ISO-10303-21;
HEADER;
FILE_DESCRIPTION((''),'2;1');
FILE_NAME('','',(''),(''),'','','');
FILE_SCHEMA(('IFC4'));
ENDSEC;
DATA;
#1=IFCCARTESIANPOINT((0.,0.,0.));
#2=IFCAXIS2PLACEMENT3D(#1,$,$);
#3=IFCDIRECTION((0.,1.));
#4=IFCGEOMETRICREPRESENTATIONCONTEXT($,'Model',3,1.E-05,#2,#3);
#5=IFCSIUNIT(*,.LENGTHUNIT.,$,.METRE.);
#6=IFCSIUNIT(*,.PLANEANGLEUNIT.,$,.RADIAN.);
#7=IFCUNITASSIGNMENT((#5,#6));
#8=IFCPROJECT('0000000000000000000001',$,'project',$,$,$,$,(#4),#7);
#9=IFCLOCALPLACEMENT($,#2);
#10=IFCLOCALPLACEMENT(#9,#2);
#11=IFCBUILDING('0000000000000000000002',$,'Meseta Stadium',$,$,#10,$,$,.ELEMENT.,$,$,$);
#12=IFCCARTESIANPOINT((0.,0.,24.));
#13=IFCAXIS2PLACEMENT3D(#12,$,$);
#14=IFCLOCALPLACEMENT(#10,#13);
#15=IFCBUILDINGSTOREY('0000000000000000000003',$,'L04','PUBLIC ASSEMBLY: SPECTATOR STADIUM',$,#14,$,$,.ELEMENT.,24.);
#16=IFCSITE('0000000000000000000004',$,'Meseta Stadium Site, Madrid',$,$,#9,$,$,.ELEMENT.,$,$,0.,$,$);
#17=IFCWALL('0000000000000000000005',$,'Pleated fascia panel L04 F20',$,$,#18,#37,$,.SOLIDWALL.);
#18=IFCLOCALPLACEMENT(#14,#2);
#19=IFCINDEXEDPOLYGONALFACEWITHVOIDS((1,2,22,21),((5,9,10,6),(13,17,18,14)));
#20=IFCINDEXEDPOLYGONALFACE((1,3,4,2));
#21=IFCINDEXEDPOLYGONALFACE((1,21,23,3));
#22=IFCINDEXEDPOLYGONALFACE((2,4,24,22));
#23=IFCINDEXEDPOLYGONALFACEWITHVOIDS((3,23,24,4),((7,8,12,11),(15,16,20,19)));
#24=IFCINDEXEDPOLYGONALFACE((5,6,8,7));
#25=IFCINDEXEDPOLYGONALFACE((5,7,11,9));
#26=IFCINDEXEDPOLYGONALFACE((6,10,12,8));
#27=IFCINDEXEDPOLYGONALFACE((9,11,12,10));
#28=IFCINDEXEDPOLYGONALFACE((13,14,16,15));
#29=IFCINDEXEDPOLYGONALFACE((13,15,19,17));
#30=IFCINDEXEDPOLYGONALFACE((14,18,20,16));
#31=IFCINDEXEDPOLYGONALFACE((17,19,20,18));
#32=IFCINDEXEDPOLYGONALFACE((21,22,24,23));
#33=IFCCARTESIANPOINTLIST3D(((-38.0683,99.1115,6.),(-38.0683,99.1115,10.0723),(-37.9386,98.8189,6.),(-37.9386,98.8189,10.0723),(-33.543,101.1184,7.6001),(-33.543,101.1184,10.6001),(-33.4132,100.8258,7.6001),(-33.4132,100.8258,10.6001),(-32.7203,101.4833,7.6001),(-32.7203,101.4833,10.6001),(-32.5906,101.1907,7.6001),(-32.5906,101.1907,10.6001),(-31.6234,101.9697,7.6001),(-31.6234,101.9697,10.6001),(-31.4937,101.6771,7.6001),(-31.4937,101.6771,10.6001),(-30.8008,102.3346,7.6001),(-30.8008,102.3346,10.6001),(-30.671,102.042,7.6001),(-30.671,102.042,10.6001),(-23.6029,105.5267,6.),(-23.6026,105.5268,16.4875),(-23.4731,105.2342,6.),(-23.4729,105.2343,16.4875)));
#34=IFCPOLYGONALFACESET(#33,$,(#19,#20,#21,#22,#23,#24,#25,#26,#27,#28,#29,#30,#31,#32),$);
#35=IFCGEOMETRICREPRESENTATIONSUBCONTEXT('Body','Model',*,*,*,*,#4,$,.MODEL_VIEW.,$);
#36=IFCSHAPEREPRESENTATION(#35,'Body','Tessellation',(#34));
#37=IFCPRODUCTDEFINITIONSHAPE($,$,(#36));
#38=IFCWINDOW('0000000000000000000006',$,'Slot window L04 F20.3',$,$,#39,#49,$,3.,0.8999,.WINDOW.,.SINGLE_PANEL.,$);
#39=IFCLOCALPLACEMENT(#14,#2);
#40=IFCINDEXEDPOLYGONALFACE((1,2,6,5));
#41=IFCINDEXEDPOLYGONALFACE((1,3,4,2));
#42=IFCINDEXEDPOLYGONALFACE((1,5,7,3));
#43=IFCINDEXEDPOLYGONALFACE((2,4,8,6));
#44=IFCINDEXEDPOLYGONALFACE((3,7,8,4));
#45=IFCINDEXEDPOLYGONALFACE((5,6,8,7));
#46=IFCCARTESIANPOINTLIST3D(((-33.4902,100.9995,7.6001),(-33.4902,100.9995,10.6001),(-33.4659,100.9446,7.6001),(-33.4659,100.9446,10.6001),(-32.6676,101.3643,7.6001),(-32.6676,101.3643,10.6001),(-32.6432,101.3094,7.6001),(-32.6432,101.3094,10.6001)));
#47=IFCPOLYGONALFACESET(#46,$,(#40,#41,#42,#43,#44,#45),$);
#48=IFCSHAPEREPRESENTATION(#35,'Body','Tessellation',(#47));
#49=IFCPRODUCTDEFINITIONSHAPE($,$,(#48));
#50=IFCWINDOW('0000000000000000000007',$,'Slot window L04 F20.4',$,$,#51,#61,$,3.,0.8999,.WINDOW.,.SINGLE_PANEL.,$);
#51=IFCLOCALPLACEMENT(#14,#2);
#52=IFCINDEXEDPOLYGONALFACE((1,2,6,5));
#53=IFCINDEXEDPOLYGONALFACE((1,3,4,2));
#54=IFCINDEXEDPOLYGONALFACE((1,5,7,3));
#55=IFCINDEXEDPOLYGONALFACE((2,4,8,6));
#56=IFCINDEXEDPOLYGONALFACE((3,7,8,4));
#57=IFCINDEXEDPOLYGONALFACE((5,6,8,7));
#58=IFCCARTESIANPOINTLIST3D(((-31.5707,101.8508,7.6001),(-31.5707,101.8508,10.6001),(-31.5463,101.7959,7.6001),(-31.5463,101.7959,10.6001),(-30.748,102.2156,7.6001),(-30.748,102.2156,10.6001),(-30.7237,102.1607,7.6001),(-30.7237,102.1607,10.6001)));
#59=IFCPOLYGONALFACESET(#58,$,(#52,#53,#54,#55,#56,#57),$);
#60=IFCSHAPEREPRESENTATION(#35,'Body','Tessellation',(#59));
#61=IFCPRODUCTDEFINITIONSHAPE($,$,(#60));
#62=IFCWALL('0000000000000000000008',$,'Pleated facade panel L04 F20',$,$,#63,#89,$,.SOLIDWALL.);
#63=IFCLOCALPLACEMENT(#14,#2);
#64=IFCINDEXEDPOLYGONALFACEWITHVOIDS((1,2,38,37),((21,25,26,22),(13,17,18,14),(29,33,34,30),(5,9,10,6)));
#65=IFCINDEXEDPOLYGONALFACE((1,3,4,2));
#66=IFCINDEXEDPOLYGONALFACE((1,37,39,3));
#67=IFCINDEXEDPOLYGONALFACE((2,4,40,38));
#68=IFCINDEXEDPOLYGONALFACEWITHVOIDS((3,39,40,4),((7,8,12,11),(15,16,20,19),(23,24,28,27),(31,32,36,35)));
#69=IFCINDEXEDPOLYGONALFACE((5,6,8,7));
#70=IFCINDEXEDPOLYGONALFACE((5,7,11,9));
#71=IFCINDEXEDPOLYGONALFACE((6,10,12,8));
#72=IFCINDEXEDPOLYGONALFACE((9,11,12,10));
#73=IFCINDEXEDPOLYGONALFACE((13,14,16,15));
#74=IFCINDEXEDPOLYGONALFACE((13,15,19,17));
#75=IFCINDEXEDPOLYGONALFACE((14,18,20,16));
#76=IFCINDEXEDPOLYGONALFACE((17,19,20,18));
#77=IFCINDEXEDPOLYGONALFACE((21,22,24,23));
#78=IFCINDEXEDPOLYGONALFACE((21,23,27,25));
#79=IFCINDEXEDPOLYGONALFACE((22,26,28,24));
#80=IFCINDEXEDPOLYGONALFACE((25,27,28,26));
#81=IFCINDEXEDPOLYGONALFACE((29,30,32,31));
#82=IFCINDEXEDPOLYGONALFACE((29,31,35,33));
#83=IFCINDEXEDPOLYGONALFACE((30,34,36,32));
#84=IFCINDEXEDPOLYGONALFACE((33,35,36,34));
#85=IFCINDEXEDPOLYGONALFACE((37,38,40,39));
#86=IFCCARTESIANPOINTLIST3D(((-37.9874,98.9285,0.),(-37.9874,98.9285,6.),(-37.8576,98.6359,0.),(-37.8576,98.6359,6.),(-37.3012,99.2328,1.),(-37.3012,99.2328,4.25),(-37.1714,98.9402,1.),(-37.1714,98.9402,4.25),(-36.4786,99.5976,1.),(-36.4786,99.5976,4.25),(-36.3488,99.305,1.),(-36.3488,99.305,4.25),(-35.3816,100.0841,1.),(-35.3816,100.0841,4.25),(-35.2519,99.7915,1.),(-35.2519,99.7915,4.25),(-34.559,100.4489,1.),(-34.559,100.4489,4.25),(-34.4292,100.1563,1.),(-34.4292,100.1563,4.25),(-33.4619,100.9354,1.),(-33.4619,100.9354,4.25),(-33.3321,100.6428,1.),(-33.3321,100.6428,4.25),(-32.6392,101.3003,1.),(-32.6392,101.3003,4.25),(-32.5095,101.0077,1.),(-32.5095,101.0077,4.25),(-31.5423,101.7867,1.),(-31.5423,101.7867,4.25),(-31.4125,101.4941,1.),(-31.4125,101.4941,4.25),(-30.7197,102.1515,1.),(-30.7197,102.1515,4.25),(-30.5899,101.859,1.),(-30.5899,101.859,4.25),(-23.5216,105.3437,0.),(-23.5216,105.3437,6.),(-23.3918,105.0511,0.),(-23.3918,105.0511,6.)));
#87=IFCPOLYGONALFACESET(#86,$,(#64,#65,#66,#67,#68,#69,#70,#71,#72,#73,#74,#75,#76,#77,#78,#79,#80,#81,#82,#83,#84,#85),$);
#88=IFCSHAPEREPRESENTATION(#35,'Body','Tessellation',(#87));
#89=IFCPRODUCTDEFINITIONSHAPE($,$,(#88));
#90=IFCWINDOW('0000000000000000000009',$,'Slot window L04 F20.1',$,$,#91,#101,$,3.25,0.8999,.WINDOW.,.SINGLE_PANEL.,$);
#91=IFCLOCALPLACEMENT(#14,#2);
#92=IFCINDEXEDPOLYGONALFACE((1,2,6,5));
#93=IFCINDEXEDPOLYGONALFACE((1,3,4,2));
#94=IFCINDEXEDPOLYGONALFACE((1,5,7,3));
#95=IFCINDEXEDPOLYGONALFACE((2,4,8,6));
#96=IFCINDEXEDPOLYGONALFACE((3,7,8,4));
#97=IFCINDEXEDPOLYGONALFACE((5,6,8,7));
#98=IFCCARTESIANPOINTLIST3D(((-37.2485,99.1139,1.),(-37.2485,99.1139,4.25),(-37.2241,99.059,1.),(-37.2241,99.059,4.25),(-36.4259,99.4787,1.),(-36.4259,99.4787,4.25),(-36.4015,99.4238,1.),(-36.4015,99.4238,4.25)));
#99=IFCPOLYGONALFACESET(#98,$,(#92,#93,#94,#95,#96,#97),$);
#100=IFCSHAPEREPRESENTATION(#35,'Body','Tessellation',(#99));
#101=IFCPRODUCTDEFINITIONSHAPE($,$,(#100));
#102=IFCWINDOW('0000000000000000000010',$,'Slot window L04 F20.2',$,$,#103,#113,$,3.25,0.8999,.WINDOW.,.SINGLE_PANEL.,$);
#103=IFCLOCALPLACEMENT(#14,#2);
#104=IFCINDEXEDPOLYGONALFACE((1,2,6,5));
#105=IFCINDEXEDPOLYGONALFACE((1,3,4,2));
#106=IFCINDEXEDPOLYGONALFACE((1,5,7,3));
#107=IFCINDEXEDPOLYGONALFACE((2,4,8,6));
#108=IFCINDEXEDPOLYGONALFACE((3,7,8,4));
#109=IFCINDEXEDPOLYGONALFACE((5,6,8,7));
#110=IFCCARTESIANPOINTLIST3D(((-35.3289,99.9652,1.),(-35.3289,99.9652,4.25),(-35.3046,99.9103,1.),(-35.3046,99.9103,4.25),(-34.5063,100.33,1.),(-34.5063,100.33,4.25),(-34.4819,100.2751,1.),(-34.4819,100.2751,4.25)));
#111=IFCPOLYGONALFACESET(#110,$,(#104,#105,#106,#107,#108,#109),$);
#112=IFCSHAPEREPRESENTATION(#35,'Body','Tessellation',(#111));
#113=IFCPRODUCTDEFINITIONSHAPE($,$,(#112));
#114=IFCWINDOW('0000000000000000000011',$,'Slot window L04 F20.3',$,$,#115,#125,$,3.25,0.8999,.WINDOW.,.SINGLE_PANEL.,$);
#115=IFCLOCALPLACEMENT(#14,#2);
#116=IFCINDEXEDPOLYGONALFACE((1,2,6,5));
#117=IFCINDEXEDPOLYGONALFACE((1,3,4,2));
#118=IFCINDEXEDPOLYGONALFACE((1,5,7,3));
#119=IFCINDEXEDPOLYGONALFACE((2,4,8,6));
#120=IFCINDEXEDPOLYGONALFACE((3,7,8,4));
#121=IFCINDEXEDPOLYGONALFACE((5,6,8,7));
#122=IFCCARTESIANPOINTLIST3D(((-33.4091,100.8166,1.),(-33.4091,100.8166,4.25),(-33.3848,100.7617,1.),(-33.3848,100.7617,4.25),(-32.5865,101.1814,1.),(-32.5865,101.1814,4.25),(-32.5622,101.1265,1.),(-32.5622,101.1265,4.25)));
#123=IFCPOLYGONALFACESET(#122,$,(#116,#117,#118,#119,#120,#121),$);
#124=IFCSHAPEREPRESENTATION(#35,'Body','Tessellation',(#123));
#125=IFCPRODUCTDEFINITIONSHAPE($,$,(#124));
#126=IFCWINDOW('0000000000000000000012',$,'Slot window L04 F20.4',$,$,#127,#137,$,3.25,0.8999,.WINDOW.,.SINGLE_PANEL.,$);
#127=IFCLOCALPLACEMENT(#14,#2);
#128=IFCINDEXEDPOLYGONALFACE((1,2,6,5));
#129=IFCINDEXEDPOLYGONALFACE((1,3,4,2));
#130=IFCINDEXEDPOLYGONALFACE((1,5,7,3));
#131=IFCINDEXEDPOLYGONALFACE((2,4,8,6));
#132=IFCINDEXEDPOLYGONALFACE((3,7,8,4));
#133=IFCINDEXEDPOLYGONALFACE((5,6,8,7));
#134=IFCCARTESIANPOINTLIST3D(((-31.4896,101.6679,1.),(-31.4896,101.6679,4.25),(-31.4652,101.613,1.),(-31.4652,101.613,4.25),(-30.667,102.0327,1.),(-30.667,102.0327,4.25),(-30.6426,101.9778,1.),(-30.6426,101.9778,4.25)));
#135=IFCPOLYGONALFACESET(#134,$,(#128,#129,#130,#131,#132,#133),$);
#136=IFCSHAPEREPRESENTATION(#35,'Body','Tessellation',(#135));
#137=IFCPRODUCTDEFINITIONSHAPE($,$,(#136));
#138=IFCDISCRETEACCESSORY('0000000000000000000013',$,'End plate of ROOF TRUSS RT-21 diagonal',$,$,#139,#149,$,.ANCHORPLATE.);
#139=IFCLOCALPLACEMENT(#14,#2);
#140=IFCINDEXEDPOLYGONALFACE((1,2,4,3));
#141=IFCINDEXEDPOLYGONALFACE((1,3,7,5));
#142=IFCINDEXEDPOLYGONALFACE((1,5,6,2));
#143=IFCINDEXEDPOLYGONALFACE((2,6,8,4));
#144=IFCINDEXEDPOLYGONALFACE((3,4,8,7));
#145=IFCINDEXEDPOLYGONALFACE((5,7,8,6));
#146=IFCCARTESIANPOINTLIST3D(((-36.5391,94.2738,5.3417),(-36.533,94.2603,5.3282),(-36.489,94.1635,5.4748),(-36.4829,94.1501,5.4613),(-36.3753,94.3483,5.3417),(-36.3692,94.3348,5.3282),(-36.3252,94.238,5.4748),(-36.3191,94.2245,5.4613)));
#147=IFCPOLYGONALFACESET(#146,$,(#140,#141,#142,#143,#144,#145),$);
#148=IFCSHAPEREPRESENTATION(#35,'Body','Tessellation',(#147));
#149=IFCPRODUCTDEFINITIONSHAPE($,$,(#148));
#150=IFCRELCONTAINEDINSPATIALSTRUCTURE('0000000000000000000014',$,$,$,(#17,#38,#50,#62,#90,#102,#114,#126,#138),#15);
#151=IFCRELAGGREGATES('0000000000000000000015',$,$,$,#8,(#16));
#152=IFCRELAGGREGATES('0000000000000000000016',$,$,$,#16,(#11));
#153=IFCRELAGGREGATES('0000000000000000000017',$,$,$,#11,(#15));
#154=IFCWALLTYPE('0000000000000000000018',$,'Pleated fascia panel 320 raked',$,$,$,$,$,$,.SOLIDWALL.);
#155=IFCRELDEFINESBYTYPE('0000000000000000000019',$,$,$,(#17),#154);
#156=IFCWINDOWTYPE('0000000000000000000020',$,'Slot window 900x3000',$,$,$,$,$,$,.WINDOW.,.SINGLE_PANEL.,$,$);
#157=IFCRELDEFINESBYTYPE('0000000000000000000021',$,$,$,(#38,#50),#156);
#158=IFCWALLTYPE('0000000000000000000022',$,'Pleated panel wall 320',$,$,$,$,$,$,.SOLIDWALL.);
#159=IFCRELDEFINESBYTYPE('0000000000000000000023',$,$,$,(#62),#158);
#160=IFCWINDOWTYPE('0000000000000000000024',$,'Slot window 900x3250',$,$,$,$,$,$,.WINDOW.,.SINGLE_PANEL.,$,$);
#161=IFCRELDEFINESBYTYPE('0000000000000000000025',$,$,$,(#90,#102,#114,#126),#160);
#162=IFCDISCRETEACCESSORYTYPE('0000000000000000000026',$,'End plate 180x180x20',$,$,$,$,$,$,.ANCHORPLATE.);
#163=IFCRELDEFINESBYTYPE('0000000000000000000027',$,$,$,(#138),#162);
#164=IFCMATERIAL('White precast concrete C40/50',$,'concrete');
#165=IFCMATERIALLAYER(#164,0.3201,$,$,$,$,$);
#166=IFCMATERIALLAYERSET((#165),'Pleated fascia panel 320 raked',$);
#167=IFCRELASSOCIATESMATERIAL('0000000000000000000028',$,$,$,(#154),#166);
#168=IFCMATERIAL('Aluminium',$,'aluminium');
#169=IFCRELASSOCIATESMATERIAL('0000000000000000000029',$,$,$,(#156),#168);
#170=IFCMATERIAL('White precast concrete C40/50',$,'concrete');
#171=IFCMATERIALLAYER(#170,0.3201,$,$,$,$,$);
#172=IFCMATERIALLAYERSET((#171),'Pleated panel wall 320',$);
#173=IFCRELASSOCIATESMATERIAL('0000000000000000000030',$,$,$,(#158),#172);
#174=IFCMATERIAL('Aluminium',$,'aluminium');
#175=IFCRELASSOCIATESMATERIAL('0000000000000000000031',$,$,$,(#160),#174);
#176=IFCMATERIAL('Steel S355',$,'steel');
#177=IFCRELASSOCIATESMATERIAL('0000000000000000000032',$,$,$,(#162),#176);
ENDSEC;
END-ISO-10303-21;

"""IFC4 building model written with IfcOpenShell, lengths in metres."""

from ifc_helpers import new_model, si_unit, direction, frame, frame_2d, origin, origin_2d, place, context, subcontext, project, spatial, polyline, rectangle, outline, extrude, material, layer, layer_set, material_profile, profile_set, type_object, element, fill, save


model = new_model("IFC4")

# Units and contexts
model_context = context("Model", 3, precision=1e-05, world=origin(), true_north=direction((0.0, 1.0)))
body_context = subcontext(model_context, "Body", "Model", "MODEL_VIEW")
ifc_project = project(units=[si_unit("LENGTHUNIT", "METRE"), si_unit("PLANEANGLEUNIT", "RADIAN")], contexts=[model_context])

# Site, building, storey
site_placement = place(None, origin())
site = spatial("IfcSite", under=ifc_project, at=site_placement, Name="Meseta Stadium Site, Madrid", CompositionType="ELEMENT", RefElevation=0.0)
building_placement = place(site_placement, origin())
building = spatial("IfcBuilding", under=site, at=building_placement, Name="Meseta Stadium", CompositionType="ELEMENT")
storey_placement = place(building_placement, frame((0.0, 0.0, 24.0)))
storey = spatial("IfcBuildingStorey", under=building, at=storey_placement, Name="L04", Description="PUBLIC ASSEMBLY: SPECTATOR STADIUM", CompositionType="ELEMENT", Elevation=24.0)

# Walls, openings, windows
ifc_material_1 = material(Name="White precast concrete C40/50", Category="concrete")
ifc_layer_1 = layer(ifc_material_1, 0.3201)
ifc_layer_set_1 = layer_set([ifc_layer_1], Name="Pleated fascia panel 320 raked")
wall_type_1 = type_object("IfcWallType", Name="Pleated fascia panel 320 raked", PredefinedType="SOLIDWALL", material=ifc_layer_set_1)
wall_1_placement = place(storey_placement, frame((-38.0034, 98.9651, 6.0), z_axis=(0.0, 0.0, 1.0), x_axis=(0.914136, 0.405407, 0.0)))
wall_1 = element("IfcWall", 1, at=wall_1_placement, inside=storey, type_object=wall_type_1, Name="Pleated fascia panel L04 F20", PredefinedType="SOLIDWALL", context=body_context, shape_type="SweptSolid", body=[
    extrude(outline(polyline([(0.0, 0.0), (15.8242, 0.0), (15.8245, 10.4875), (0.0, 4.0723), (0.0, 0.0)])), frame((0.0, 0.1602, 0.0), z_axis=(0.0, -1.0, 0.0), x_axis=(1.0, 0.0, 0.0)), (0.0, 0.0, 1.0), 0.3201),
])
opening_1_placement = place(wall_1_placement, frame((4.9504, 0.0, 1.6001)))
opening_1 = element("IfcOpeningElement", 2, at=opening_1_placement, cuts=wall_1, PredefinedType="OPENING", context=body_context, shape_type="SweptSolid", body=[
    extrude(rectangle(XDim=0.8999, YDim=3.0, at=frame_2d((0.45, 1.5))), frame((0.0, 0.1699, 0.0), z_axis=(0.0, -1.0, 0.0), x_axis=(1.0, 0.0, 0.0)), (0.0, 0.0, 1.0), 0.3401),
])
opening_2_placement = place(wall_1_placement, frame((7.0503, 0.0, 1.6001)))
opening_2 = element("IfcOpeningElement", 3, at=opening_2_placement, cuts=wall_1, PredefinedType="OPENING", context=body_context, shape_type="SweptSolid", body=[
    extrude(rectangle(XDim=0.8999, YDim=3.0, at=frame_2d((0.45, 1.5))), frame((0.0, 0.1699, 0.0), z_axis=(0.0, -1.0, 0.0), x_axis=(1.0, 0.0, 0.0)), (0.0, 0.0, 1.0), 0.3401),
])
ifc_material_2 = material(Name="Aluminium", Category="aluminium")
window_type_1 = type_object("IfcWindowType", Name="Slot window 900x3000", PartitioningType="SINGLE_PANEL", PredefinedType="WINDOW", material=ifc_material_2)
window_1_placement = place(opening_1_placement, origin())
window_1 = element("IfcWindow", 4, at=window_1_placement, inside=storey, type_object=window_type_1, Name="Slot window L04 F20.3", OverallHeight=3.0, OverallWidth=0.8999, PartitioningType="SINGLE_PANEL", PredefinedType="WINDOW", context=body_context, shape_type="SweptSolid", body=[
    extrude(rectangle(XDim=0.8999, YDim=3.0, at=frame_2d((0.45, 1.5))), frame((0.0, 0.03, 0.0), z_axis=(0.0, -1.0, 0.0), x_axis=(1.0, 0.0, 0.0)), (0.0, 0.0, 1.0), 0.0601),
])
fill(opening_1, window_1)
window_2_placement = place(opening_2_placement, origin())
window_2 = element("IfcWindow", 5, at=window_2_placement, inside=storey, type_object=window_type_1, Name="Slot window L04 F20.4", OverallHeight=3.0, OverallWidth=0.8999, PartitioningType="SINGLE_PANEL", PredefinedType="WINDOW", context=body_context, shape_type="SweptSolid", body=[
    extrude(rectangle(XDim=0.8999, YDim=3.0, at=frame_2d((0.45, 1.5))), frame((0.0, 0.03, 0.0), z_axis=(0.0, -1.0, 0.0), x_axis=(1.0, 0.0, 0.0)), (0.0, 0.0, 1.0), 0.0601),
])
fill(opening_2, window_2)
ifc_material_3 = material(Name="White precast concrete C40/50", Category="concrete")
ifc_layer_2 = layer(ifc_material_3, 0.3201)
ifc_layer_set_2 = layer_set([ifc_layer_2], Name="Pleated panel wall 320")
wall_type_2 = type_object("IfcWallType", Name="Pleated panel wall 320", PredefinedType="SOLIDWALL", material=ifc_layer_set_2)
wall_2_placement = place(storey_placement, frame((-37.9224, 98.7822, 0.0), z_axis=(0.0, 0.0, 1.0), x_axis=(0.914139, 0.405401, 0.0)))
wall_2 = element("IfcWall", 6, at=wall_2_placement, inside=storey, type_object=wall_type_2, Name="Pleated facade panel L04 F20", PredefinedType="SOLIDWALL", context=body_context, shape_type="SweptSolid", body=[
    extrude(rectangle(XDim=15.8245, YDim=0.3201, at=frame_2d((7.9121, 0.0))), origin(), (0.0, 0.0, 1.0), 6.0),
])
opening_3_placement = place(wall_2_placement, frame((0.7505, 0.0, 1.0)))
opening_3 = element("IfcOpeningElement", 7, at=opening_3_placement, cuts=wall_2, PredefinedType="OPENING", context=body_context, shape_type="SweptSolid", body=[
    extrude(rectangle(XDim=0.8999, YDim=3.25, at=frame_2d((0.45, 1.625))), frame((0.0, 0.1699, 0.0), z_axis=(0.0, -1.0, 0.0), x_axis=(1.0, 0.0, 0.0)), (0.0, 0.0, 1.0), 0.3401),
])
opening_4_placement = place(wall_2_placement, frame((2.8503, 0.0, 1.0)))
opening_4 = element("IfcOpeningElement", 8, at=opening_4_placement, cuts=wall_2, PredefinedType="OPENING", context=body_context, shape_type="SweptSolid", body=[
    extrude(rectangle(XDim=0.8999, YDim=3.25, at=frame_2d((0.45, 1.625))), frame((0.0, 0.1699, 0.0), z_axis=(0.0, -1.0, 0.0), x_axis=(1.0, 0.0, 0.0)), (0.0, 0.0, 1.0), 0.3401),
])
opening_5_placement = place(wall_2_placement, frame((4.9504, 0.0, 1.0)))
opening_5 = element("IfcOpeningElement", 9, at=opening_5_placement, cuts=wall_2, PredefinedType="OPENING", context=body_context, shape_type="SweptSolid", body=[
    extrude(rectangle(XDim=0.8999, YDim=3.25, at=frame_2d((0.45, 1.625))), frame((0.0, 0.1699, 0.0), z_axis=(0.0, -1.0, 0.0), x_axis=(1.0, 0.0, 0.0)), (0.0, 0.0, 1.0), 0.3401),
])
opening_6_placement = place(wall_2_placement, frame((7.0503, 0.0, 1.0)))
opening_6 = element("IfcOpeningElement", 10, at=opening_6_placement, cuts=wall_2, PredefinedType="OPENING", context=body_context, shape_type="SweptSolid", body=[
    extrude(rectangle(XDim=0.8999, YDim=3.25, at=frame_2d((0.45, 1.625))), frame((0.0, 0.1699, 0.0), z_axis=(0.0, -1.0, 0.0), x_axis=(1.0, 0.0, 0.0)), (0.0, 0.0, 1.0), 0.3401),
])
ifc_material_4 = material(Name="Aluminium", Category="aluminium")
window_type_2 = type_object("IfcWindowType", Name="Slot window 900x3250", PartitioningType="SINGLE_PANEL", PredefinedType="WINDOW", material=ifc_material_4)
window_3_placement = place(opening_3_placement, origin())
window_3 = element("IfcWindow", 11, at=window_3_placement, inside=storey, type_object=window_type_2, Name="Slot window L04 F20.1", OverallHeight=3.25, OverallWidth=0.8999, PartitioningType="SINGLE_PANEL", PredefinedType="WINDOW", context=body_context, shape_type="SweptSolid", body=[
    extrude(rectangle(XDim=0.8999, YDim=3.25, at=frame_2d((0.45, 1.625))), frame((0.0, 0.03, 0.0), z_axis=(0.0, -1.0, 0.0), x_axis=(1.0, 0.0, 0.0)), (0.0, 0.0, 1.0), 0.0601),
])
fill(opening_3, window_3)
window_4_placement = place(opening_4_placement, origin())
window_4 = element("IfcWindow", 12, at=window_4_placement, inside=storey, type_object=window_type_2, Name="Slot window L04 F20.2", OverallHeight=3.25, OverallWidth=0.8999, PartitioningType="SINGLE_PANEL", PredefinedType="WINDOW", context=body_context, shape_type="SweptSolid", body=[
    extrude(rectangle(XDim=0.8999, YDim=3.25, at=frame_2d((0.45, 1.625))), frame((0.0, 0.03, 0.0), z_axis=(0.0, -1.0, 0.0), x_axis=(1.0, 0.0, 0.0)), (0.0, 0.0, 1.0), 0.0601),
])
fill(opening_4, window_4)
window_5_placement = place(opening_5_placement, origin())
window_5 = element("IfcWindow", 13, at=window_5_placement, inside=storey, type_object=window_type_2, Name="Slot window L04 F20.3", OverallHeight=3.25, OverallWidth=0.8999, PartitioningType="SINGLE_PANEL", PredefinedType="WINDOW", context=body_context, shape_type="SweptSolid", body=[
    extrude(rectangle(XDim=0.8999, YDim=3.25, at=frame_2d((0.45, 1.625))), frame((0.0, 0.03, 0.0), z_axis=(0.0, -1.0, 0.0), x_axis=(1.0, 0.0, 0.0)), (0.0, 0.0, 1.0), 0.0601),
])
fill(opening_5, window_5)
window_6_placement = place(opening_6_placement, origin())
window_6 = element("IfcWindow", 14, at=window_6_placement, inside=storey, type_object=window_type_2, Name="Slot window L04 F20.4", OverallHeight=3.25, OverallWidth=0.8999, PartitioningType="SINGLE_PANEL", PredefinedType="WINDOW", context=body_context, shape_type="SweptSolid", body=[
    extrude(rectangle(XDim=0.8999, YDim=3.25, at=frame_2d((0.45, 1.625))), frame((0.0, 0.03, 0.0), z_axis=(0.0, -1.0, 0.0), x_axis=(1.0, 0.0, 0.0)), (0.0, 0.0, 1.0), 0.0601),
])
fill(opening_6, window_6)

# Discrete accessory
ifc_material_5 = material(Name="Steel S355", Category="steel")
ifc_material_profile_1 = material_profile(ifc_material_5, rectangle(XDim=0.1799, YDim=0.1799, at=origin_2d()), Name="PL 180x180")
ifc_profile_set_1 = profile_set([ifc_material_profile_1], Name="Steel S355")
discrete_accessory_type_1 = type_object("IfcDiscreteAccessoryType", Name="End plate 180x180x20", PredefinedType="ANCHORPLATE", material=ifc_profile_set_1)
discrete_accessory_placement = place(storey_placement, frame((-36.426, 94.2424, 5.3948), z_axis=(-0.305995, 0.673189, 0.673189), x_axis=(-0.910366, -0.413803, 0.0)))
element("IfcDiscreteAccessory", 15, at=discrete_accessory_placement, inside=storey, type_object=discrete_accessory_type_1, Name="End plate of ROOF TRUSS RT-21 diagonal", PredefinedType="ANCHORPLATE", context=body_context, shape_type="SweptSolid", body=[
    extrude(rectangle(XDim=0.1799, YDim=0.1799, at=origin_2d()), origin(), (0.0, 0.0, 1.0), 0.02),
])

save(model, "model.ifc")
